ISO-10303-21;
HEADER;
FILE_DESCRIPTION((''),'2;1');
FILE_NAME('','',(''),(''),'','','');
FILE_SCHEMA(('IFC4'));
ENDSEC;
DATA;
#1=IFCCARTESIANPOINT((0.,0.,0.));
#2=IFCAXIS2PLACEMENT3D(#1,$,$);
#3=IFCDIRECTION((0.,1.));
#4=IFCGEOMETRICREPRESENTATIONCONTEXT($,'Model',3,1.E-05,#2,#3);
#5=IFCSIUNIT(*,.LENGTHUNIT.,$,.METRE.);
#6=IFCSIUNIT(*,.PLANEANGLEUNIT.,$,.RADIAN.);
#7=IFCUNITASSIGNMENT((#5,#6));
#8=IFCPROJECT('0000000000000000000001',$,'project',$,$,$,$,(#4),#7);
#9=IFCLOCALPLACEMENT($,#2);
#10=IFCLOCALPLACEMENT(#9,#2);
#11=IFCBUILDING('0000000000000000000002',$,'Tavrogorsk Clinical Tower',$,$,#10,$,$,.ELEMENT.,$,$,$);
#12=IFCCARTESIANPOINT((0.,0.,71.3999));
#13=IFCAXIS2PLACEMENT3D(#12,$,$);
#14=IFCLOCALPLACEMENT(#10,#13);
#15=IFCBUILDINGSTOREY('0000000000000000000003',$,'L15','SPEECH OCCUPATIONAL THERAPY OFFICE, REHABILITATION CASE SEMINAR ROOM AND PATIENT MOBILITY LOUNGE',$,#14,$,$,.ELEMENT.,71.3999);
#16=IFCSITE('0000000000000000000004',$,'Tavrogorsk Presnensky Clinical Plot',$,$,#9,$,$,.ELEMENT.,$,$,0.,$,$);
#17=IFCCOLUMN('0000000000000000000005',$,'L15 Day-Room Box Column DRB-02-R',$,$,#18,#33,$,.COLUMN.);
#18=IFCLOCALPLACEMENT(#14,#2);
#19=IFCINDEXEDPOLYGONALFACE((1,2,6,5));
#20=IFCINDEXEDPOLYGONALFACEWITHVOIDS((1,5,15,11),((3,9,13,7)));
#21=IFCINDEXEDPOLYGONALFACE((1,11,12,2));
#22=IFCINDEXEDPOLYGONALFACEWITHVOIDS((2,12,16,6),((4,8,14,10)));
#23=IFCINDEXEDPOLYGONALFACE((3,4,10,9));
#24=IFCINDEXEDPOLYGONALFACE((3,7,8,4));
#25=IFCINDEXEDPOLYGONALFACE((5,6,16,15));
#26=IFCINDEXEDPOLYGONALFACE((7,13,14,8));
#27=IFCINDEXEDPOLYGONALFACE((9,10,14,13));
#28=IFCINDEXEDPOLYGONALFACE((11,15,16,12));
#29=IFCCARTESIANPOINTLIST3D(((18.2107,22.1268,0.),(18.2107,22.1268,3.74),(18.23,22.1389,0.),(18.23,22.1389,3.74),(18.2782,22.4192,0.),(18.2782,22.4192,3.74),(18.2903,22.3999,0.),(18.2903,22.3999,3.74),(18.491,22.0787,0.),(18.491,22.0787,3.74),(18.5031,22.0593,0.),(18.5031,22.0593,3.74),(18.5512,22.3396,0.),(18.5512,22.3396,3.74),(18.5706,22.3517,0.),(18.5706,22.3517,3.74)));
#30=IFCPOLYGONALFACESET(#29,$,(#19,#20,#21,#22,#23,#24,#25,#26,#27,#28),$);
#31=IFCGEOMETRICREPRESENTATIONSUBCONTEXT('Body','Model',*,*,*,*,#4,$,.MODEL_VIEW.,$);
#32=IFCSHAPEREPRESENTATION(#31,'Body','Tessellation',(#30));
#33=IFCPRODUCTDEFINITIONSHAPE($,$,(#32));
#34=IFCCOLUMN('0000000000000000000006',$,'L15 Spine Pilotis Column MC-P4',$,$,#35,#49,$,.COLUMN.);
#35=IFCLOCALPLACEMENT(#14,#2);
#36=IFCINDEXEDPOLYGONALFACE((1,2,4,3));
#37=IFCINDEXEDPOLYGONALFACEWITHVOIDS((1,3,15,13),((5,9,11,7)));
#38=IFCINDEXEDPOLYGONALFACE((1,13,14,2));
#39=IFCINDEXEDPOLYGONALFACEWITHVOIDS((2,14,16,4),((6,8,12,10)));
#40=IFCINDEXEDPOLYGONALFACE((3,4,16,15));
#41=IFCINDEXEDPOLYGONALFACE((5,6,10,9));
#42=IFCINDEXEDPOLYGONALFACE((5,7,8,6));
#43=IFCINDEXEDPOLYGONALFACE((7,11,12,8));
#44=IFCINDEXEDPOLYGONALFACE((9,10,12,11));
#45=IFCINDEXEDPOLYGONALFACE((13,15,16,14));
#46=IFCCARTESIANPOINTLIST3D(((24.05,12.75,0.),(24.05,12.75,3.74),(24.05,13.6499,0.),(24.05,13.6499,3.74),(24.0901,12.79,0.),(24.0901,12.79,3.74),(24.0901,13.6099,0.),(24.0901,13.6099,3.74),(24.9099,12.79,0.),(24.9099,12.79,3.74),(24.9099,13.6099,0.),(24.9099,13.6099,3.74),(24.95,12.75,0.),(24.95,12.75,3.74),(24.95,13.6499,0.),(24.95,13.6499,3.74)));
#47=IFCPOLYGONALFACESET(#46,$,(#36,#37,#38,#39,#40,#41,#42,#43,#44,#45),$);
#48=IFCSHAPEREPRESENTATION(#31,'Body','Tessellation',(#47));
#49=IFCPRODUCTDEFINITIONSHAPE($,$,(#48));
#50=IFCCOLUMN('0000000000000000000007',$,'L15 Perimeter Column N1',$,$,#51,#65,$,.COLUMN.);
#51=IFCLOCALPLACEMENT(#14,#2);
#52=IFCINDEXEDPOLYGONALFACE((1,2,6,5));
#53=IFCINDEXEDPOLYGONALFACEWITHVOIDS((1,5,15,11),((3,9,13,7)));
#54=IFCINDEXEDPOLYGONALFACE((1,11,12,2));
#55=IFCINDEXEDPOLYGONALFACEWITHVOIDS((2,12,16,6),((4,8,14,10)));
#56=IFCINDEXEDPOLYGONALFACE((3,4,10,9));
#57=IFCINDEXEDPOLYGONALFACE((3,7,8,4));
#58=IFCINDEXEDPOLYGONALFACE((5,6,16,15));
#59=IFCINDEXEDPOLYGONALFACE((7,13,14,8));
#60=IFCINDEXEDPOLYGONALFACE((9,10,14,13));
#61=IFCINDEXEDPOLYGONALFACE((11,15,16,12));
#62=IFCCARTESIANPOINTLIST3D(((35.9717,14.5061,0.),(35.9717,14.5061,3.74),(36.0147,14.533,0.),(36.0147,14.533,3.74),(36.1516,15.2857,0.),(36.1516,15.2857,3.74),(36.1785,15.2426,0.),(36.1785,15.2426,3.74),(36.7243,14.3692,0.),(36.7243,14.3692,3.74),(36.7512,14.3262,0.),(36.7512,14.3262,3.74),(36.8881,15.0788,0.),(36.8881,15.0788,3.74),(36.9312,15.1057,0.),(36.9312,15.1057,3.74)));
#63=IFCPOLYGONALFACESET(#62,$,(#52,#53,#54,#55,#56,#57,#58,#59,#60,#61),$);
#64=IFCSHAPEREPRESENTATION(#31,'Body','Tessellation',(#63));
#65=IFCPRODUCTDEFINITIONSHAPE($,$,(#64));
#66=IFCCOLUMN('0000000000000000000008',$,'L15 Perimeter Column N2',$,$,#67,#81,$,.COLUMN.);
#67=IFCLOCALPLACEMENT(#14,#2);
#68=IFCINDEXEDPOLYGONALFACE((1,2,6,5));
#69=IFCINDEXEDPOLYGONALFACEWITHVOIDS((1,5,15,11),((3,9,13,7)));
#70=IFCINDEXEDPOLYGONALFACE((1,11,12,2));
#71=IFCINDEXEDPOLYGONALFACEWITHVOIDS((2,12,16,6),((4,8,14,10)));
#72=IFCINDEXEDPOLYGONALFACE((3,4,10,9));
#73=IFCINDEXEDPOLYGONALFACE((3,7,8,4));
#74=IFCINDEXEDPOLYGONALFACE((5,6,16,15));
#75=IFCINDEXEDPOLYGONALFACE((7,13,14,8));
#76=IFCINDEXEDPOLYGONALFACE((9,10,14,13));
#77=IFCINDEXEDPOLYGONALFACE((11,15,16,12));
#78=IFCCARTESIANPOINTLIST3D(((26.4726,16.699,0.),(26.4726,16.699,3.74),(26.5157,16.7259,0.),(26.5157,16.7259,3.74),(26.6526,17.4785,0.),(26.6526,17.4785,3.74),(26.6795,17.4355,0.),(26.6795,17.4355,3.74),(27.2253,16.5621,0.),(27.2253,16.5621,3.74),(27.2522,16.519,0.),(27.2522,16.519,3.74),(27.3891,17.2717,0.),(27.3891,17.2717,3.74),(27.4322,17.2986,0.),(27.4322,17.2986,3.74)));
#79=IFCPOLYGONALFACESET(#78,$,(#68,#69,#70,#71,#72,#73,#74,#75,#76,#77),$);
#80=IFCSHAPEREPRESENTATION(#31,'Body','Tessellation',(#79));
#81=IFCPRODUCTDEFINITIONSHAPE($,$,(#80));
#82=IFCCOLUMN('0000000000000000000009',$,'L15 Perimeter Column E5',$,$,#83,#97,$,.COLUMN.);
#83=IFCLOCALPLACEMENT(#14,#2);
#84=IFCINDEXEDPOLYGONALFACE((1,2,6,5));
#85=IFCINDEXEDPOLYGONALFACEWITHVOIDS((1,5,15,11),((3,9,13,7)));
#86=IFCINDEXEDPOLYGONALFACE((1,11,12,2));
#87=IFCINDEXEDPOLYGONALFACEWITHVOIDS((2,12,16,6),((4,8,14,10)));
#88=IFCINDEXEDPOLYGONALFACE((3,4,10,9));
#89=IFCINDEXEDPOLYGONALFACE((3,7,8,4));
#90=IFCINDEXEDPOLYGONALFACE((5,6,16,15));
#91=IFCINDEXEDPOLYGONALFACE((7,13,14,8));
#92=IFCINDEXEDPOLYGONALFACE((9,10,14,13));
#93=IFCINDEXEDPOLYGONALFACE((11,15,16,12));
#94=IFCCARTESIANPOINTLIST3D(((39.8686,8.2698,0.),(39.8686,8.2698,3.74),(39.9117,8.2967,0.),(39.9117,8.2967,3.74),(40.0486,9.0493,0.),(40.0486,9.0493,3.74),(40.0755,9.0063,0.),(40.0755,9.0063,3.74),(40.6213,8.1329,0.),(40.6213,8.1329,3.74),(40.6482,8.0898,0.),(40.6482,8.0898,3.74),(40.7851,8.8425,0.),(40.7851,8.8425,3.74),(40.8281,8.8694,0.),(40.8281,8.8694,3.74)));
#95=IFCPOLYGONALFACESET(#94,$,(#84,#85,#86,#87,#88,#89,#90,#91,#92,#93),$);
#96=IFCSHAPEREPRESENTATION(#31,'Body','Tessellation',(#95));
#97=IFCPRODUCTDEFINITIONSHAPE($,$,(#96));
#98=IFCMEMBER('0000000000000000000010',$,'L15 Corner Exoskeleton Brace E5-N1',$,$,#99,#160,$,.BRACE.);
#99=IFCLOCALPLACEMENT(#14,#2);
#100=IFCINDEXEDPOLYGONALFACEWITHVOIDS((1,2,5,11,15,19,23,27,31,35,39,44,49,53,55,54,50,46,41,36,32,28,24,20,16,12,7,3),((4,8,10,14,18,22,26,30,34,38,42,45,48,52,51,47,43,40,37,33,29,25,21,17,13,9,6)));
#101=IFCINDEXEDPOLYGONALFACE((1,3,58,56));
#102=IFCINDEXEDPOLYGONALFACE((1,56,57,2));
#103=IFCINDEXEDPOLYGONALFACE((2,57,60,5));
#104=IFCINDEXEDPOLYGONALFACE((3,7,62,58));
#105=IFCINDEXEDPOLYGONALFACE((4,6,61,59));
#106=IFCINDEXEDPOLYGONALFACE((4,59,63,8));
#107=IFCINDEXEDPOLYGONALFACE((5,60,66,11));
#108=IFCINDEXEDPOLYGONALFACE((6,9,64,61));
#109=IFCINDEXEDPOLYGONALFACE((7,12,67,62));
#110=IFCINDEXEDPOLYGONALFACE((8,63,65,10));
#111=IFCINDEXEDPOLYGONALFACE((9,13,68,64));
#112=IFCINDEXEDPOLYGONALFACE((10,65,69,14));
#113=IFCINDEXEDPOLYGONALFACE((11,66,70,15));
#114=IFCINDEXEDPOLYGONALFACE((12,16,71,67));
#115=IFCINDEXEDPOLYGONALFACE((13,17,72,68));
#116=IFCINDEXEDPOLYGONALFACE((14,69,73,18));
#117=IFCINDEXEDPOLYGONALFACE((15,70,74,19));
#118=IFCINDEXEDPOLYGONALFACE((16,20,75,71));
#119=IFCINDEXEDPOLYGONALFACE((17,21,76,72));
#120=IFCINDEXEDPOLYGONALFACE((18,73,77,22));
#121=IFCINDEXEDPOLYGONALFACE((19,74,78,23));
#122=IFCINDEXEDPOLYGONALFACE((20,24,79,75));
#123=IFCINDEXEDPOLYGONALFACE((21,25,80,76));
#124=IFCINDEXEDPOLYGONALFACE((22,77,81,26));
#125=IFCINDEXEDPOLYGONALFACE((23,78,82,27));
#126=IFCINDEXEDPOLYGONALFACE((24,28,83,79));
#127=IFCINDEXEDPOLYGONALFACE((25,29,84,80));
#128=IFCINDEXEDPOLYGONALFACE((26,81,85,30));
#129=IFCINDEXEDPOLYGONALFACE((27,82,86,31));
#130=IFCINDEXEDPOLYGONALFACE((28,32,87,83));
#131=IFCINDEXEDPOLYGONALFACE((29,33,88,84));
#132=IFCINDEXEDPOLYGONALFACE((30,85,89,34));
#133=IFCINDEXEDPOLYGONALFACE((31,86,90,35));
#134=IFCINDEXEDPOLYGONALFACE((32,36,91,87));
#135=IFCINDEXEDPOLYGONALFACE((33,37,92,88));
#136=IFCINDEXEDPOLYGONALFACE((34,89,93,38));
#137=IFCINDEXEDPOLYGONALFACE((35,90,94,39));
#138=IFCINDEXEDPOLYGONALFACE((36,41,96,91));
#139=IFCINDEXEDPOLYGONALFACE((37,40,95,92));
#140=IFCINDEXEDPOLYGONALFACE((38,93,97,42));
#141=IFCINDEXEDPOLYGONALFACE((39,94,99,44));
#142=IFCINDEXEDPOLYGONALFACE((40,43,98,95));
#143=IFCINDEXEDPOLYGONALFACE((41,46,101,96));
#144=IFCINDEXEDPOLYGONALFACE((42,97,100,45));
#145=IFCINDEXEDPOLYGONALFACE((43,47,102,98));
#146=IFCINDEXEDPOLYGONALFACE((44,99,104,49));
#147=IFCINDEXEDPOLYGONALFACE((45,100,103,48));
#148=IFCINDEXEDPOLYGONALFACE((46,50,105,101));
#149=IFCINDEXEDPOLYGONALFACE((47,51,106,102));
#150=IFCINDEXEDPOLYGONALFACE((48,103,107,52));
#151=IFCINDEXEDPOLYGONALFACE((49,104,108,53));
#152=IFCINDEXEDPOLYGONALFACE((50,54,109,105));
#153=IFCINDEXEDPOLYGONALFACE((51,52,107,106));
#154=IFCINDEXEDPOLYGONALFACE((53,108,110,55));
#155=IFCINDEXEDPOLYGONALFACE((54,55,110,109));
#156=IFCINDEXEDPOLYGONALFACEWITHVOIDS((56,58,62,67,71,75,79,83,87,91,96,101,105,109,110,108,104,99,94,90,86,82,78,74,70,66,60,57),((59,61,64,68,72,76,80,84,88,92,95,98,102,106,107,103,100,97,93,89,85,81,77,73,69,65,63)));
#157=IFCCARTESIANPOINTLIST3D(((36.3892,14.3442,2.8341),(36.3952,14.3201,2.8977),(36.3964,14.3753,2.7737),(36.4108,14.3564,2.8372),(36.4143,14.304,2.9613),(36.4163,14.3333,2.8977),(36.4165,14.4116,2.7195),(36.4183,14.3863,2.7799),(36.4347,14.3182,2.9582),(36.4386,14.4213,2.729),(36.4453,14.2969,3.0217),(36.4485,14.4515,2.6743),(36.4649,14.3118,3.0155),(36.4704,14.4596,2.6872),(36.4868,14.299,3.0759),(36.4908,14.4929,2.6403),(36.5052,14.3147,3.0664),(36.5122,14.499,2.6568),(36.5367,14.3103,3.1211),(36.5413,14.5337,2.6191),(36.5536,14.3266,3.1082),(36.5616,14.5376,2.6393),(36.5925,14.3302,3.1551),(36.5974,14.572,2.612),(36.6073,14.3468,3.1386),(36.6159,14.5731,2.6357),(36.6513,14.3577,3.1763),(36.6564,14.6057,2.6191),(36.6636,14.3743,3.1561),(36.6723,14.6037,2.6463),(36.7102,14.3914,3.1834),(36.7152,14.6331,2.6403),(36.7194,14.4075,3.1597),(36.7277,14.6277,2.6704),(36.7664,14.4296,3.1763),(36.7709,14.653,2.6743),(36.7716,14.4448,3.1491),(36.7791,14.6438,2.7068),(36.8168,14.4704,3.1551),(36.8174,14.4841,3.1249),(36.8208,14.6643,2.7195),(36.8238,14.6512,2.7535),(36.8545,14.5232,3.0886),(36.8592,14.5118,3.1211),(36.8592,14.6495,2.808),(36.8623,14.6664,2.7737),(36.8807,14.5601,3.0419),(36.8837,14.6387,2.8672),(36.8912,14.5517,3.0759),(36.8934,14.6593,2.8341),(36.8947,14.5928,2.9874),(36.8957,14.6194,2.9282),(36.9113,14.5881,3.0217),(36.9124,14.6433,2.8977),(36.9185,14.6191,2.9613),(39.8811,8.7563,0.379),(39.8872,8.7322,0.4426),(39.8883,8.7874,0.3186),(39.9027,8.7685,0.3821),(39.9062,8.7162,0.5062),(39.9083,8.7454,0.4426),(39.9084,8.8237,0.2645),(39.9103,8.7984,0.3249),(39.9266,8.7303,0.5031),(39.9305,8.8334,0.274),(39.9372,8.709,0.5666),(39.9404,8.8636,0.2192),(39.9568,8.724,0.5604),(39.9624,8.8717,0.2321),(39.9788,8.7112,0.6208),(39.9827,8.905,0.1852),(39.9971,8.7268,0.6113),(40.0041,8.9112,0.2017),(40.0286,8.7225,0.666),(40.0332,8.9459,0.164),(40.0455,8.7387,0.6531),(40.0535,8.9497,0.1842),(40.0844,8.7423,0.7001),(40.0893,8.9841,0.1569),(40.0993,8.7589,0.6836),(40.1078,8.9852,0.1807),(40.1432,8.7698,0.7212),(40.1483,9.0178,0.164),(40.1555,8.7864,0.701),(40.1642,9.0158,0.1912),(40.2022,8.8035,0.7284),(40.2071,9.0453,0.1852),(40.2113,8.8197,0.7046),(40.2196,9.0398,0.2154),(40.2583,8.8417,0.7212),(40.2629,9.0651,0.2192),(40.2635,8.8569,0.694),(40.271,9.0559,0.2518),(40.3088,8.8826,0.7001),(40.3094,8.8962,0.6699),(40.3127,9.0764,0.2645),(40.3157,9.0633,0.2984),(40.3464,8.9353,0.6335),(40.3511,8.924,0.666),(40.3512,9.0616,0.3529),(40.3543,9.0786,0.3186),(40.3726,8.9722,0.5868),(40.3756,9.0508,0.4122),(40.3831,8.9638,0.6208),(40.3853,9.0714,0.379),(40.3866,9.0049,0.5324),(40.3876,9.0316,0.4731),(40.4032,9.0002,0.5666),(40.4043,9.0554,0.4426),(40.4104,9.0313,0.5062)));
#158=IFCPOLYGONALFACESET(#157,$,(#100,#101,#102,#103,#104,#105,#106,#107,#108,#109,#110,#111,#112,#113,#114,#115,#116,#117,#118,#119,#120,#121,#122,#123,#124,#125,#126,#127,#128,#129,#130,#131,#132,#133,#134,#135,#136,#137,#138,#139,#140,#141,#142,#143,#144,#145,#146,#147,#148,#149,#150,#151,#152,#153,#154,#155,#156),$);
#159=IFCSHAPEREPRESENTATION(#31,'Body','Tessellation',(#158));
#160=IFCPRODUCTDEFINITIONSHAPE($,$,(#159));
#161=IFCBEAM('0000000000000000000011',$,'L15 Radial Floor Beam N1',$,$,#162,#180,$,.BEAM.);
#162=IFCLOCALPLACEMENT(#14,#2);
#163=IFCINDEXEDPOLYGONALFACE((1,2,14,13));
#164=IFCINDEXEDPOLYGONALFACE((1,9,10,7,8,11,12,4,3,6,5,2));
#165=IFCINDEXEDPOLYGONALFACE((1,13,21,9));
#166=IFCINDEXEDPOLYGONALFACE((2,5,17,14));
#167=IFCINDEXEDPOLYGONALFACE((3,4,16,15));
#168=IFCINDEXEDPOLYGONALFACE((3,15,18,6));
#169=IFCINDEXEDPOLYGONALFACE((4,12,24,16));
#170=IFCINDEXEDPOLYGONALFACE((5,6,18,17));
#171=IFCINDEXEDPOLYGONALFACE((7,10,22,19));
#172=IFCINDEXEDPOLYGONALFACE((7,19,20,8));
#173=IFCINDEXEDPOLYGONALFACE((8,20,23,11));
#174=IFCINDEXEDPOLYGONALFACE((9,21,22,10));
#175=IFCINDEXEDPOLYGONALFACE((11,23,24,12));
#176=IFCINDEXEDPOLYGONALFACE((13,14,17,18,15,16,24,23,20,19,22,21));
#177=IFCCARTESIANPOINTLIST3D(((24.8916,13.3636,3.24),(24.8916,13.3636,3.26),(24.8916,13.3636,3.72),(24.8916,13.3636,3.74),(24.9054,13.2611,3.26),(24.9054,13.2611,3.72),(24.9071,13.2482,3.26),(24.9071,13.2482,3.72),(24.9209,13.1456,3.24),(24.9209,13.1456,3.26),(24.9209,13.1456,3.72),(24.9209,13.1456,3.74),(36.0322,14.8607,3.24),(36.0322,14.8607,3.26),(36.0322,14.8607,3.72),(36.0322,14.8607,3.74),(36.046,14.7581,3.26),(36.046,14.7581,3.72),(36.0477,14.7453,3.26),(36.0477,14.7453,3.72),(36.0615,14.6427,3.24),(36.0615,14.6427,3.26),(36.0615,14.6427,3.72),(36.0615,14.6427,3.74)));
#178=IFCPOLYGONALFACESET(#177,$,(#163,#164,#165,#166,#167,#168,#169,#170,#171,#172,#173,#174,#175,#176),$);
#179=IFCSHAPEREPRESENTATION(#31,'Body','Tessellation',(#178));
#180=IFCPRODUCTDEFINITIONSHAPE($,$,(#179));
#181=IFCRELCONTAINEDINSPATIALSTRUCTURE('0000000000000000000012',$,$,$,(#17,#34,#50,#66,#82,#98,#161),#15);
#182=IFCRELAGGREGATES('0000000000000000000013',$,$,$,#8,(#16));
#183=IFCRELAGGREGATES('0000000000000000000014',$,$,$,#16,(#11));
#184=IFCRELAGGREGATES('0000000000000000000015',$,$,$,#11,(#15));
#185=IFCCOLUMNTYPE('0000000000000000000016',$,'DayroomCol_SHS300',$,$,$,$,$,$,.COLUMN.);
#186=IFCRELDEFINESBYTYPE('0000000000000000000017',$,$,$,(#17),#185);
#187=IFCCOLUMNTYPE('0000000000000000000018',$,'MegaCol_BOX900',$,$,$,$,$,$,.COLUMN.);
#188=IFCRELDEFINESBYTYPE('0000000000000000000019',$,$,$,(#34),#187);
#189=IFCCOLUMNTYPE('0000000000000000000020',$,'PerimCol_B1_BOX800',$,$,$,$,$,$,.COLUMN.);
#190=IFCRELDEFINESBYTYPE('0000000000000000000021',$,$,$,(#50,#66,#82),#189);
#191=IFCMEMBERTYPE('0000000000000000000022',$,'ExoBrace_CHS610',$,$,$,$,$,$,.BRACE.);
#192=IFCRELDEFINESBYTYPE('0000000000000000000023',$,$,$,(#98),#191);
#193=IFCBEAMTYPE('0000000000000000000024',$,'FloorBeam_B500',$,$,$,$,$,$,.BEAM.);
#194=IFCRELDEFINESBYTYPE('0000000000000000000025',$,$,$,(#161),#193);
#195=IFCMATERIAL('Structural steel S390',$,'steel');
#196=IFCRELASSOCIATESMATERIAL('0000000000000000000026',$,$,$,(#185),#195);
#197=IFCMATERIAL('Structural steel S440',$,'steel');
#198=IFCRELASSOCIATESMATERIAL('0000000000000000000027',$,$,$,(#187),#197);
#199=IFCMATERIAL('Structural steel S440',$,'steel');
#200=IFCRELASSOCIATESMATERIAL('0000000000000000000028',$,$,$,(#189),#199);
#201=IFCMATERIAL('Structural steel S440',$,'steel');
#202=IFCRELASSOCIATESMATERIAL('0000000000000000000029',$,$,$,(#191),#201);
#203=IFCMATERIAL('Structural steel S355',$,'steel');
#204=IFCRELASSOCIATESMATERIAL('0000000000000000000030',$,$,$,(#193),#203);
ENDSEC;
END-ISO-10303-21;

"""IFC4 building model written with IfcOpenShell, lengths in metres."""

from ifc_helpers import new_model, si_unit, direction, frame, origin, origin_2d, place, context, subcontext, project, spatial, hollow_rectangle, hollow_circle, i_section, extrude, material, material_profile, profile_set, type_object, element, save


model = new_model("IFC4")

# Units and contexts
model_context = context("Model", 3, precision=1e-05, world=origin(), true_north=direction((0.0, 1.0)))
body_context = subcontext(model_context, "Body", "Model", "MODEL_VIEW")
ifc_project = project(units=[si_unit("LENGTHUNIT", "METRE"), si_unit("PLANEANGLEUNIT", "RADIAN")], contexts=[model_context])

# Site, building, storey
site_placement = place(None, origin())
site = spatial("IfcSite", under=ifc_project, at=site_placement, Name="Tavrogorsk Presnensky Clinical Plot", CompositionType="ELEMENT", RefElevation=0.0)
building_placement = place(site_placement, origin())
building = spatial("IfcBuilding", under=site, at=building_placement, Name="Tavrogorsk Clinical Tower", CompositionType="ELEMENT")
storey_placement = place(building_placement, frame((0.0, 0.0, 71.3999)))
storey = spatial("IfcBuildingStorey", under=building, at=storey_placement, Name="L15", Description="SPEECH OCCUPATIONAL THERAPY OFFICE, REHABILITATION CASE SEMINAR ROOM AND PATIENT MOBILITY LOUNGE", CompositionType="ELEMENT", Elevation=71.3999)

# Columns
ifc_material_1 = material(Name="Structural steel S390", Category="steel")
ifc_material_profile_1 = material_profile(ifc_material_1, hollow_rectangle(XDim=0.3, YDim=0.3, WallThickness=0.0161, at=origin_2d()), Name="SHS-300x300x16")
ifc_profile_set_1 = profile_set([ifc_material_profile_1], Name="Structural steel S390")
column_type_1 = type_object("IfcColumnType", Name="DayroomCol_SHS300", PredefinedType="COLUMN", material=ifc_profile_set_1)
column_1_placement = place(storey_placement, frame((18.3906, 22.2393, 0.0), z_axis=(0.0, 0.0, 1.0), x_axis=(0.97437, -0.224951, 0.0)))
element("IfcColumn", 1, at=column_1_placement, inside=storey, type_object=column_type_1, Name="L15 Day-Room Box Column DRB-02-R", PredefinedType="COLUMN", context=body_context, shape_type="SweptSolid", body=[
    extrude(hollow_rectangle(XDim=0.3, YDim=0.3, WallThickness=0.0161, at=origin_2d()), origin(), (0.0, 0.0, 1.0), 3.74),
])
ifc_material_2 = material(Name="Structural steel S440", Category="steel")
ifc_material_profile_2 = material_profile(ifc_material_2, hollow_rectangle(XDim=0.8999, YDim=0.8999, WallThickness=0.04, at=origin_2d()), Name="BOX-900x900x40")
ifc_profile_set_2 = profile_set([ifc_material_profile_2], Name="Structural steel S440")
column_type_2 = type_object("IfcColumnType", Name="MegaCol_BOX900", PredefinedType="COLUMN", material=ifc_profile_set_2)
column_2_placement = place(storey_placement, frame((24.5, 13.2, 0.0), z_axis=(0.0, 0.0, 1.0), x_axis=(1.0, 0.0, 0.0)))
element("IfcColumn", 2, at=column_2_placement, inside=storey, type_object=column_type_2, Name="L15 Spine Pilotis Column MC-P4", PredefinedType="COLUMN", context=body_context, shape_type="SweptSolid", body=[
    extrude(hollow_rectangle(XDim=0.8999, YDim=0.8999, WallThickness=0.04, at=origin_2d()), origin(), (0.0, 0.0, 1.0), 3.74),
])
ifc_material_3 = material(Name="Structural steel S440", Category="steel")
ifc_material_profile_3 = material_profile(ifc_material_3, hollow_rectangle(XDim=0.8, YDim=0.8, WallThickness=0.0359, at=origin_2d()), Name="BOX-800x800x36")
ifc_profile_set_3 = profile_set([ifc_material_profile_3], Name="Structural steel S440")
column_type_3 = type_object("IfcColumnType", Name="PerimCol_B1_BOX800", PredefinedType="COLUMN", material=ifc_profile_set_3)
for number, where, z_axis, x_axis, name in (
    (3, (36.4514, 14.8059, 0.0), (0.0, 0.0, 1.0), (0.97437, -0.224951, 0.0), "L15 Perimeter Column N1"),
    (4, (26.9524, 16.9988, 0.0), (0.0, 0.0, 1.0), (0.97437, -0.224951, 0.0), "L15 Perimeter Column N2"),
    (5, (40.3484, 8.5696, 0.0), (0.0, 0.0, 1.0), (0.97437, -0.224951, 0.0), "L15 Perimeter Column E5"),
):
    element("IfcColumn", number, at=place(storey_placement, frame(where, z_axis=z_axis, x_axis=x_axis)), inside=storey, type_object=column_type_3, Name=name, PredefinedType="COLUMN", context=body_context, shape_type="SweptSolid", body=[
        extrude(hollow_rectangle(XDim=0.8, YDim=0.8, WallThickness=0.0359, at=origin_2d()), origin(), (0.0, 0.0, 1.0), 3.74),
    ])

# Member
ifc_material_4 = material(Name="Structural steel S440", Category="steel")
ifc_material_profile_4 = material_profile(ifc_material_4, hollow_circle(Radius=0.3049, WallThickness=0.0249, at=origin_2d()), Name="CHS-610x25")
ifc_profile_set_4 = profile_set([ifc_material_profile_4], Name="Structural steel S440")
member_type = type_object("IfcMemberType", Name="ExoBrace_CHS610", PredefinedType="BRACE", material=ifc_profile_set_4)
member_placement = place(storey_placement, frame((40.1458, 8.8938, 0.4426), z_axis=(-0.496596, 0.794665, 0.349142), x_axis=(-0.848032, -0.529946, 0.0)))
element("IfcMember", 6, at=member_placement, inside=storey, type_object=member_type, Name="L15 Corner Exoskeleton Brace E5-N1", PredefinedType="BRACE", context=body_context, shape_type="SweptSolid", body=[
    extrude(hollow_circle(Radius=0.3049, WallThickness=0.0249, at=origin_2d()), origin(), (0.0, 0.0, 1.0), 7.0317),
])

# Beam
ifc_material_5 = material(Name="Structural steel S355", Category="steel")
ifc_material_profile_5 = material_profile(ifc_material_5, i_section(OverallWidth=0.22, OverallDepth=0.5, WebThickness=0.0129, FlangeThickness=0.02, at=origin_2d()), Name="B-500x220x13x20")
ifc_profile_set_5 = profile_set([ifc_material_profile_5], Name="Structural steel S355")
beam_type_1 = type_object("IfcBeamType", Name="FloorBeam_B500", PredefinedType="BEAM", material=ifc_profile_set_5)
beam_1_placement = place(storey_placement, frame((24.9062, 13.2546, 3.49), z_axis=(0.991092, 0.133182, 0.0), x_axis=(-0.133182, 0.991092, 0.0)))
element("IfcBeam", 7, at=beam_1_placement, inside=storey, type_object=beam_type_1, Name="L15 Radial Floor Beam N1", PredefinedType="BEAM", context=body_context, shape_type="SweptSolid", body=[
    extrude(i_section(OverallWidth=0.22, OverallDepth=0.5, WebThickness=0.0129, FlangeThickness=0.02, at=origin_2d()), origin(), (0.0, 0.0, 1.0), 11.2407),
])

save(model, "model.ifc")
